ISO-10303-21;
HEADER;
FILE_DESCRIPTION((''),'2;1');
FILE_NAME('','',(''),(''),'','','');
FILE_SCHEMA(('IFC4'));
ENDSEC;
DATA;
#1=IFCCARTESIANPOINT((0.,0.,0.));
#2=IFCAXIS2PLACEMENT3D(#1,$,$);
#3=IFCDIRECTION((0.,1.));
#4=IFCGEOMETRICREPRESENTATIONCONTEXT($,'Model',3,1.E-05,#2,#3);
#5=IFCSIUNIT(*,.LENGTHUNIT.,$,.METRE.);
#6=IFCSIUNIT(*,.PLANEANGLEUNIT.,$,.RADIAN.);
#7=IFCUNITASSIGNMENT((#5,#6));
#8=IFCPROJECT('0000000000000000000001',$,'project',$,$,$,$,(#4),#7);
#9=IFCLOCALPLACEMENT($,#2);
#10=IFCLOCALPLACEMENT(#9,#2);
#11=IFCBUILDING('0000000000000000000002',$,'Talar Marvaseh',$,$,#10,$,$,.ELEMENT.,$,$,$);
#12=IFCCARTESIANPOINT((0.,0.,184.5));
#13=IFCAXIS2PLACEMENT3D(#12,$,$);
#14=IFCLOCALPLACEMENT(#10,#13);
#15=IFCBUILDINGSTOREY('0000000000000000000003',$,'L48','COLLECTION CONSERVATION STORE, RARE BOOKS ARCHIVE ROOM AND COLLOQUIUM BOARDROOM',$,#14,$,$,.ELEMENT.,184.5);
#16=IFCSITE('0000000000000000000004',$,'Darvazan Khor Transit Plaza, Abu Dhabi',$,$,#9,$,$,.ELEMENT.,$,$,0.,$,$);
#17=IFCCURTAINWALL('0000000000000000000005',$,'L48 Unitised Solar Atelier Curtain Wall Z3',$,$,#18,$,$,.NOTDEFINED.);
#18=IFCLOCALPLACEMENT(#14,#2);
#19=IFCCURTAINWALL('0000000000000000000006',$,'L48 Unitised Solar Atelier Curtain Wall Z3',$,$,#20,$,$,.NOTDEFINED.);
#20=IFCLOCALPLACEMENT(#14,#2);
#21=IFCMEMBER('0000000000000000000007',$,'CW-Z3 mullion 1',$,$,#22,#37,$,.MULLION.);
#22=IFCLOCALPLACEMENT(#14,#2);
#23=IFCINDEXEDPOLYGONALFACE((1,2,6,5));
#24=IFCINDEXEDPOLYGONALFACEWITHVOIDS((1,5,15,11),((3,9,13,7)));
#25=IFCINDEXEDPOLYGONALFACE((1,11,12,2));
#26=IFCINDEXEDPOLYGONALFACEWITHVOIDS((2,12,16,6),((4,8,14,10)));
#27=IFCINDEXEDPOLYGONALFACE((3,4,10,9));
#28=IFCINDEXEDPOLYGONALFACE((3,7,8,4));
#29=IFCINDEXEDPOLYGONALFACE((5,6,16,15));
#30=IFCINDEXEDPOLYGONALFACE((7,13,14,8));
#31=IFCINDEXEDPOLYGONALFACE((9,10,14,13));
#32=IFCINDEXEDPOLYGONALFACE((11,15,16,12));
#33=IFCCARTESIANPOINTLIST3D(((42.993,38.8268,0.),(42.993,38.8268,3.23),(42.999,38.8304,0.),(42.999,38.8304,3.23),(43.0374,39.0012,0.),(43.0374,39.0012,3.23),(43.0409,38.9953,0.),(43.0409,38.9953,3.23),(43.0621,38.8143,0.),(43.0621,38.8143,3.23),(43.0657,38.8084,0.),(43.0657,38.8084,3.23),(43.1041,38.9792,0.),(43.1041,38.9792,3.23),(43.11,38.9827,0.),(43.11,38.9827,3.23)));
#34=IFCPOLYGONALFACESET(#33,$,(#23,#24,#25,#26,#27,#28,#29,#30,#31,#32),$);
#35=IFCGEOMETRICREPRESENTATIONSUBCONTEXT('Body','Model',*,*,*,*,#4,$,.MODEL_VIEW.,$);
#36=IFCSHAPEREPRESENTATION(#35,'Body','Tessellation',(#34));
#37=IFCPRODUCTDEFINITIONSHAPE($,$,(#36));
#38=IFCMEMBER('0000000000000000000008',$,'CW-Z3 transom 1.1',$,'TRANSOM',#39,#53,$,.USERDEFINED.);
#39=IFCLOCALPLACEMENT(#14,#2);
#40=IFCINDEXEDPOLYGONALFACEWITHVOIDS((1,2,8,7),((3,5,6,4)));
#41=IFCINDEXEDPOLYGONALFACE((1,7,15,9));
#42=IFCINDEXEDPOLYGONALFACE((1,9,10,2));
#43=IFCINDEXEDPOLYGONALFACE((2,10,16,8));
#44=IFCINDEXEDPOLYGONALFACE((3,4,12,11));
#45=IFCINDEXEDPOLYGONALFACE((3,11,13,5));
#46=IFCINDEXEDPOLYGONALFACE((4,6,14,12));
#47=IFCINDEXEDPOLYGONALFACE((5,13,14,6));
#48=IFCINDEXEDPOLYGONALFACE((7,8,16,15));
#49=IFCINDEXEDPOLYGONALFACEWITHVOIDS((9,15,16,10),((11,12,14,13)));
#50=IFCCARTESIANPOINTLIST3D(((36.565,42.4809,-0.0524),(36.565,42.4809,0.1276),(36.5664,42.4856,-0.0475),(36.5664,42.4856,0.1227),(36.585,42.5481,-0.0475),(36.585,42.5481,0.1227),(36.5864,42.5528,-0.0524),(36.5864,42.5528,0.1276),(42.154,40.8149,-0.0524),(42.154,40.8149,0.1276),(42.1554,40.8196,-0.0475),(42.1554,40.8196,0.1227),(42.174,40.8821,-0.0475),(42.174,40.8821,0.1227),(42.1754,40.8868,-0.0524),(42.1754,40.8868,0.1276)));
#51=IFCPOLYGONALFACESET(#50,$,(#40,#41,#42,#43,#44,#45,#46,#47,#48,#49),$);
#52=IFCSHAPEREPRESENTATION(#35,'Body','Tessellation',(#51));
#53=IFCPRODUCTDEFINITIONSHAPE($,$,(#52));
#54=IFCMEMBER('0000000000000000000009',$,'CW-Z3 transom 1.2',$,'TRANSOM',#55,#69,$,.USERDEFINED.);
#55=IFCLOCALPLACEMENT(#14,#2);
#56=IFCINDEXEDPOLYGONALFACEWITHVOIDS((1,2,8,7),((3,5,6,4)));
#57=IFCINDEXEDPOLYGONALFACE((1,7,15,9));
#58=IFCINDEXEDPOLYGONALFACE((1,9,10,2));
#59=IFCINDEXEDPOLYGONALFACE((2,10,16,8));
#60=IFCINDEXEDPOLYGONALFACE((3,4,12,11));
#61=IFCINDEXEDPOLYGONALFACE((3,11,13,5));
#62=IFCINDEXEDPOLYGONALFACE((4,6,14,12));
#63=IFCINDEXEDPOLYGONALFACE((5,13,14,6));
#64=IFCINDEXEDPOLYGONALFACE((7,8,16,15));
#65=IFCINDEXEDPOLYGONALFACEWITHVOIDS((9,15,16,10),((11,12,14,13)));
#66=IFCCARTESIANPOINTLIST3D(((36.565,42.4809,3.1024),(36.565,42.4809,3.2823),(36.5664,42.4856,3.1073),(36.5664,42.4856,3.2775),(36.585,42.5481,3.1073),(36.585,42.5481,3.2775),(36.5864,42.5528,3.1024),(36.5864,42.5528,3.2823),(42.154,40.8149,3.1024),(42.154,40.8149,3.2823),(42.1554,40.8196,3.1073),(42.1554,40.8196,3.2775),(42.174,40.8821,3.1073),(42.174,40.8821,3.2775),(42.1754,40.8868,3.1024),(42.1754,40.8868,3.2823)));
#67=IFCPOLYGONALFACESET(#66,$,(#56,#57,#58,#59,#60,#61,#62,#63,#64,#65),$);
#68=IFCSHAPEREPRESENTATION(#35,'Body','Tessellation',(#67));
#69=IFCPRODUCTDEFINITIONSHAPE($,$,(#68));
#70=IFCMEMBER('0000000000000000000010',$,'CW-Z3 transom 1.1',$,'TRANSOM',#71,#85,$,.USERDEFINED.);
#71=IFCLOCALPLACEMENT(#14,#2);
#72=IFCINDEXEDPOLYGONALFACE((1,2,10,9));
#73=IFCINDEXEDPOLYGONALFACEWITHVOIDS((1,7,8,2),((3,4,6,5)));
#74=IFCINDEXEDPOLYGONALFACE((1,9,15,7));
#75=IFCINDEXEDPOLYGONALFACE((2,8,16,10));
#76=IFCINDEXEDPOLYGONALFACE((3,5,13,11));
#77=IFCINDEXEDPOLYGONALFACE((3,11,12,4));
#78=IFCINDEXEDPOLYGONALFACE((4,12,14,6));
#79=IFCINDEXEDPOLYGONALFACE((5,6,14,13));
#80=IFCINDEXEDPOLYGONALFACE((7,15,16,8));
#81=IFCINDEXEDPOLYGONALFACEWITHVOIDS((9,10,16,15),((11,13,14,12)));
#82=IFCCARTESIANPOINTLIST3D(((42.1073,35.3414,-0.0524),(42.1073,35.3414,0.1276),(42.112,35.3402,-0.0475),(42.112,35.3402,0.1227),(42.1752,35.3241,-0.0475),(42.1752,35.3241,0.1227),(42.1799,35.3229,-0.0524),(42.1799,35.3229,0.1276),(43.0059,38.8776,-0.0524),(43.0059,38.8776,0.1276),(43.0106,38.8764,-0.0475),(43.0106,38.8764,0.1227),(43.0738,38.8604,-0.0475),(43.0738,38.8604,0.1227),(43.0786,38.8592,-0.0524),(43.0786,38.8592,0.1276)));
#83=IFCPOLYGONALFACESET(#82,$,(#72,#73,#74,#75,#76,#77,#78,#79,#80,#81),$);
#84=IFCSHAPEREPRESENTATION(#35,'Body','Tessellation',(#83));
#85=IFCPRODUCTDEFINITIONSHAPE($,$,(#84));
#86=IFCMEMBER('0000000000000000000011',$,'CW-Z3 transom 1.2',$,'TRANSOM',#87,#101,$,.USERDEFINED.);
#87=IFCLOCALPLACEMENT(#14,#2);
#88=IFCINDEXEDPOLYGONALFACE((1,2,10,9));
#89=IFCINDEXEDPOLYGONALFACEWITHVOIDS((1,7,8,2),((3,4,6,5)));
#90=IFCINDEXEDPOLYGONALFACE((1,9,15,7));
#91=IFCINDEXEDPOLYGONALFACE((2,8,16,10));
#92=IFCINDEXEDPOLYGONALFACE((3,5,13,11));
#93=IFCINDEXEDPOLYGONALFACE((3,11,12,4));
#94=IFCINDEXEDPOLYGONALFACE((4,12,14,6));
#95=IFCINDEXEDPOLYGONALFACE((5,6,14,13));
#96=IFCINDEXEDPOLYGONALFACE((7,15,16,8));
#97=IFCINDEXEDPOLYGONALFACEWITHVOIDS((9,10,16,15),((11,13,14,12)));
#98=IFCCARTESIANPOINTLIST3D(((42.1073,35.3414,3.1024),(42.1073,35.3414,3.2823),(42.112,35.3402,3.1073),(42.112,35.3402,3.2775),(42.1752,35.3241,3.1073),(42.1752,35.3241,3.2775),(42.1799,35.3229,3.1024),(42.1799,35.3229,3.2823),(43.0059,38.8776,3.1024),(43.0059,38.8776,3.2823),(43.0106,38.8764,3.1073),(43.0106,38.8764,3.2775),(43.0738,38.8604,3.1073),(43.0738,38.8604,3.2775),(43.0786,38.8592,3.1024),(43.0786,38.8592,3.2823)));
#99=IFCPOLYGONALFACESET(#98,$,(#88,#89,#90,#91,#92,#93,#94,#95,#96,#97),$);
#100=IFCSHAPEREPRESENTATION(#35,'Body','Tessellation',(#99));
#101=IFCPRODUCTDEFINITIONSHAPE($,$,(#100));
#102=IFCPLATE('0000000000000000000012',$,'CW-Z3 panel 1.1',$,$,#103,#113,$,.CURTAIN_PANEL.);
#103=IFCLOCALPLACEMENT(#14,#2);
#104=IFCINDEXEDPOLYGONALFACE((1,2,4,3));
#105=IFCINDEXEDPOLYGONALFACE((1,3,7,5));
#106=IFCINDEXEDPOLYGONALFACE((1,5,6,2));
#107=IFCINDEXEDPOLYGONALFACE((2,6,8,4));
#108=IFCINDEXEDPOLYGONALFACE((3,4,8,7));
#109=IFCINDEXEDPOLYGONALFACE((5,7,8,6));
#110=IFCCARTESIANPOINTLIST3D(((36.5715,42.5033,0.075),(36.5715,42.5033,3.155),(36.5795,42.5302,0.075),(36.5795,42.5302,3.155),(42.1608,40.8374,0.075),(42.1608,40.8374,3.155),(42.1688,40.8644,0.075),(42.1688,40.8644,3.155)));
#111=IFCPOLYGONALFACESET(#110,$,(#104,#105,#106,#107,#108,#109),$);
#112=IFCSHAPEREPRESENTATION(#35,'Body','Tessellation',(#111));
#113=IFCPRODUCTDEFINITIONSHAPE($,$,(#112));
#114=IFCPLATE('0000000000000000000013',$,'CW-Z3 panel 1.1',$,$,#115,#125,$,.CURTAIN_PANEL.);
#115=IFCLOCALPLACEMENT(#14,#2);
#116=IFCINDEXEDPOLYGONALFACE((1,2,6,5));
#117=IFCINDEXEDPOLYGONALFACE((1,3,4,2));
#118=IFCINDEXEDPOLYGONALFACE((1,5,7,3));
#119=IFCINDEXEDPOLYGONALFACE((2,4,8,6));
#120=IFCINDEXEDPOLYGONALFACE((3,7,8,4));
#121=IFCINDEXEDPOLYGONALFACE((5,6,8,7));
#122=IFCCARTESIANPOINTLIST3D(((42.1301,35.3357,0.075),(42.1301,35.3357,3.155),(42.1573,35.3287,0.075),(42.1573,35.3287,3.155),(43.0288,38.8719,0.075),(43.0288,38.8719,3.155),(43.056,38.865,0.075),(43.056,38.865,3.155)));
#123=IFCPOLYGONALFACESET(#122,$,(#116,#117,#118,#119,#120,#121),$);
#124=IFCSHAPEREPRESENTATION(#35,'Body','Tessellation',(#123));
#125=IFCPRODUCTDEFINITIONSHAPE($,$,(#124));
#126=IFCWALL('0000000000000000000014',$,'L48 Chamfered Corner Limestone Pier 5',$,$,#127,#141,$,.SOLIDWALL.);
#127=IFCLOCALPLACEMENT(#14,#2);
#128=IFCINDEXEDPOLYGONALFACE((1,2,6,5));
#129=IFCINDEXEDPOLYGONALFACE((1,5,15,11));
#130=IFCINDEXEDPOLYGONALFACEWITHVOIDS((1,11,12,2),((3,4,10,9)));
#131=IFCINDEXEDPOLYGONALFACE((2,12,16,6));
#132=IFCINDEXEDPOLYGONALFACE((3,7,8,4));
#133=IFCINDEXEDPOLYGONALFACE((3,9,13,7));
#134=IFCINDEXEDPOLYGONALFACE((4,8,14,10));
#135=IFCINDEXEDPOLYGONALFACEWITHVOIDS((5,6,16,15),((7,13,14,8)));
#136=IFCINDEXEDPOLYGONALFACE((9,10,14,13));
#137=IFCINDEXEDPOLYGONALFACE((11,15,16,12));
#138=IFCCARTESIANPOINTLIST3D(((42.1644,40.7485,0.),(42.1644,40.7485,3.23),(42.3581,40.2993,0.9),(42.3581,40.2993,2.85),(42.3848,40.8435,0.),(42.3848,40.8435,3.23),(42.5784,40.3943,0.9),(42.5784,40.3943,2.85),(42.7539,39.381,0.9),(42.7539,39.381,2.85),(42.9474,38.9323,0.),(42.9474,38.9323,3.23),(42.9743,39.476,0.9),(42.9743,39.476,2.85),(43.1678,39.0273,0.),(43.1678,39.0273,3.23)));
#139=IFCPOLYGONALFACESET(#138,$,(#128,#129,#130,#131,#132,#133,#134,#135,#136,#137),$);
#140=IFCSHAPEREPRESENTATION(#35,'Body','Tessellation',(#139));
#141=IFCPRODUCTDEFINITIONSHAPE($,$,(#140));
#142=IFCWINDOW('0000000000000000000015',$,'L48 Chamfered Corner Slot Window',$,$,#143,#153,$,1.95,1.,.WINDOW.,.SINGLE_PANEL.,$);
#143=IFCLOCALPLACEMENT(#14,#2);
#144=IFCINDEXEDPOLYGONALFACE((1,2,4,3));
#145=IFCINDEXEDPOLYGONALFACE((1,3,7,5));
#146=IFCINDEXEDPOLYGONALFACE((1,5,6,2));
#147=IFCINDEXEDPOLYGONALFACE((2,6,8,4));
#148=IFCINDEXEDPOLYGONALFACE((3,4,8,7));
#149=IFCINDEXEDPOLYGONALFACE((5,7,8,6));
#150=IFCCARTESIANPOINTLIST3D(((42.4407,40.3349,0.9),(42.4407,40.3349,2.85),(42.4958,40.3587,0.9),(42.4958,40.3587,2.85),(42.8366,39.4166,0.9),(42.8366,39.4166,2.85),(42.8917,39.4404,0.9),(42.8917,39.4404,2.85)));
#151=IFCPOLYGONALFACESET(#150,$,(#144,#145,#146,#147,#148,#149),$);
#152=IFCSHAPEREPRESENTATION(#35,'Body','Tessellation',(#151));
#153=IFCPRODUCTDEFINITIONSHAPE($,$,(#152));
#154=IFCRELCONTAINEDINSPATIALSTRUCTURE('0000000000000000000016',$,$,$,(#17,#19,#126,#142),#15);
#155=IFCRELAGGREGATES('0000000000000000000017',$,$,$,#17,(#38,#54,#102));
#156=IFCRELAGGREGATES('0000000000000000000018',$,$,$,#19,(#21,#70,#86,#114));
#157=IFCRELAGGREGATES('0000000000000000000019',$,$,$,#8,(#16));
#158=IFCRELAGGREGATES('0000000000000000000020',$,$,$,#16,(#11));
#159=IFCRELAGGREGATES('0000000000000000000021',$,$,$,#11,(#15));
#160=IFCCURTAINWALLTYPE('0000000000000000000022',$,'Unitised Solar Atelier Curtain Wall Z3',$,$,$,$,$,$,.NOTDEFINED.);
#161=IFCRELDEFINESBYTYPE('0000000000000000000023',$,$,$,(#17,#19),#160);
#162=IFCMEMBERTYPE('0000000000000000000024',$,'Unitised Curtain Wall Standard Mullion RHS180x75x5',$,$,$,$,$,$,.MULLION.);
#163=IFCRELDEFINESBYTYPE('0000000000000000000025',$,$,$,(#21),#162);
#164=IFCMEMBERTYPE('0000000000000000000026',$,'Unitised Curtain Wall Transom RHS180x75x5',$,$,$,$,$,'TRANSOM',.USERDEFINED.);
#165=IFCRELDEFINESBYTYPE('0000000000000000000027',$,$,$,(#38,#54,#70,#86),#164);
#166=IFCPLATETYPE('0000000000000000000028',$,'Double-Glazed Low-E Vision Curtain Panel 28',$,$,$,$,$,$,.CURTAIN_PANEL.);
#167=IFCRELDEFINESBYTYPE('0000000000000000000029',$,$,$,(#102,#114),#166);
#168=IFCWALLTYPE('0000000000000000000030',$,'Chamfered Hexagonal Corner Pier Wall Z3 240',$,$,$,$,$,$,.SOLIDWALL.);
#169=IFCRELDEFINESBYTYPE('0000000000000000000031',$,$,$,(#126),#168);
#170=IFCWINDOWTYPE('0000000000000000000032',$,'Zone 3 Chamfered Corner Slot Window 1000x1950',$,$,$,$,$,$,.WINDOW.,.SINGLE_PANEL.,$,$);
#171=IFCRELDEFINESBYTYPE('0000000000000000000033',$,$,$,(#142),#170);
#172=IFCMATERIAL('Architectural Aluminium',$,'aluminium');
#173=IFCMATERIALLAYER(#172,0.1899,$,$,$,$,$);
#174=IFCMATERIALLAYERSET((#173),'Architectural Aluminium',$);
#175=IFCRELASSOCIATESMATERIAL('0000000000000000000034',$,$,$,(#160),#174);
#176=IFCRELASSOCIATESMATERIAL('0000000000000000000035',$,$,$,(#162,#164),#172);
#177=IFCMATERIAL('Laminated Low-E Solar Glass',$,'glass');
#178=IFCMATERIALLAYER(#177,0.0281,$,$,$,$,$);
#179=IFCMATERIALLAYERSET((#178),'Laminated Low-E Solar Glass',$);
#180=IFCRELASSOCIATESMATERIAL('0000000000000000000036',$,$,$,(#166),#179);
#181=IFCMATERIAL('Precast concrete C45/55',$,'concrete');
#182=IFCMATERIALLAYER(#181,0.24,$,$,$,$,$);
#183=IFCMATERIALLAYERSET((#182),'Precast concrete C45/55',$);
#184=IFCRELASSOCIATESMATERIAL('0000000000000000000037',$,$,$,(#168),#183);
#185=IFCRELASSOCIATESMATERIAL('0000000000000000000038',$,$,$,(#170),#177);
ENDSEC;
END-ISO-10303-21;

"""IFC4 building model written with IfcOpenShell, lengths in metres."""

from ifc_helpers import new_model, si_unit, direction, frame, frame_2d, origin, origin_2d, place, context, subcontext, project, spatial, rectangle, hollow_rectangle, extrude, source, transform, mapped, material, layer, layer_set, material_profile, profile_set, type_object, type_shapes, element, fill, aggregate, save


model = new_model("IFC4")

# Units and contexts
model_context = context("Model", 3, precision=1e-05, world=origin(), true_north=direction((0.0, 1.0)))
body_context = subcontext(model_context, "Body", "Model", "MODEL_VIEW")
ifc_project = project(units=[si_unit("LENGTHUNIT", "METRE"), si_unit("PLANEANGLEUNIT", "RADIAN")], contexts=[model_context])

# Site, building, storey
site_placement = place(None, origin())
site = spatial("IfcSite", under=ifc_project, at=site_placement, Name="Darvazan Khor Transit Plaza, Abu Dhabi", CompositionType="ELEMENT", RefElevation=0.0)
building_placement = place(site_placement, origin())
building = spatial("IfcBuilding", under=site, at=building_placement, Name="Talar Marvaseh", CompositionType="ELEMENT")
storey_placement = place(building_placement, frame((0.0, 0.0, 184.5)))
storey = spatial("IfcBuildingStorey", under=building, at=storey_placement, Name="L48", Description="COLLECTION CONSERVATION STORE, RARE BOOKS ARCHIVE ROOM AND COLLOQUIUM BOARDROOM", CompositionType="ELEMENT", Elevation=184.5)

# Shared definitions
ifc_material_1 = material(Name="Architectural Aluminium", Category="aluminium")
ifc_layer_1 = layer(ifc_material_1, 0.1899)
ifc_layer_set_1 = layer_set([ifc_layer_1], Name="Architectural Aluminium")
curtain_wall_type = type_object("IfcCurtainWallType", Name="Unitised Solar Atelier Curtain Wall Z3", PredefinedType="NOTDEFINED", material=ifc_layer_set_1)
ifc_material_profile_1 = material_profile(ifc_material_1, hollow_rectangle(XDim=0.075, YDim=0.1799, WallThickness=0.0049, at=origin_2d()), Name="RHS180x75x5")
ifc_profile_set_1 = profile_set([ifc_material_profile_1], Name="Architectural Aluminium")
member_type_1 = type_object("IfcMemberType", Name="Unitised Curtain Wall Standard Mullion RHS180x75x5", PredefinedType="MULLION", material=ifc_profile_set_1)
shared_shape_1 = source(origin(), body_context, "Body", "SweptSolid", [
    extrude(hollow_rectangle(XDim=0.075, YDim=0.1799, WallThickness=0.0049, at=origin_2d()), origin(), (0.0, 0.0, 1.0), 3.23),
])
type_shapes(member_type_1, [shared_shape_1])

# Curtain wall
curtain_wall_1_placement = place(storey_placement, origin())
curtain_wall_1 = element("IfcCurtainWall", 1, at=curtain_wall_1_placement, inside=storey, type_object=curtain_wall_type, Name="L48 Unitised Solar Atelier Curtain Wall Z3", PredefinedType="NOTDEFINED")

# Curtain wall, member
curtain_wall_2_placement = place(storey_placement, origin())
curtain_wall_2 = element("IfcCurtainWall", 2, at=curtain_wall_2_placement, inside=storey, type_object=curtain_wall_type, Name="L48 Unitised Solar Atelier Curtain Wall Z3", PredefinedType="NOTDEFINED")
member_1_placement = place(storey_placement, frame((43.0515, 38.9048, 0.0), z_axis=(0.0, 0.0, 1.0), x_axis=(0.969192, -0.246306, 0.0)))
member_1 = element("IfcMember", 3, at=member_1_placement, type_object=member_type_1, Name="CW-Z3 mullion 1", PredefinedType="MULLION", context=body_context, shape_type="MappedRepresentation", body=[
    mapped(shared_shape_1, transform((0.0, 0.0, 0.0), x_axis=(1.0, 0.0, 0.0), y_axis=(0.0, 1.0, 0.0), z_axis=(0.0, 0.0, 1.0), scale=1.0)),
])

# Members
ifc_material_profile_2 = material_profile(ifc_material_1, hollow_rectangle(XDim=0.075, YDim=0.1799, WallThickness=0.0049, at=origin_2d()), Name="RHS180x75x5")
ifc_profile_set_2 = profile_set([ifc_material_profile_2], Name="Architectural Aluminium")
member_type_2 = type_object("IfcMemberType", Name="Unitised Curtain Wall Transom RHS180x75x5", ElementType="TRANSOM", PredefinedType="USERDEFINED", material=ifc_profile_set_2)
shared_shape_2 = source(origin(), body_context, "Body", "SweptSolid", [
    extrude(hollow_rectangle(XDim=0.075, YDim=0.1799, WallThickness=0.0049, at=origin_2d()), origin(), (0.0, 0.0, 1.0), 5.832),
])
member_2_placement = place(storey_placement, frame((36.5757, 42.5168, 0.0376), z_axis=(0.958331, -0.285661, 0.0), x_axis=(0.285661, 0.958331, 0.0)))
member_2 = element("IfcMember", 4, at=member_2_placement, type_object=member_type_2, Name="CW-Z3 transom 1.1", ObjectType="TRANSOM", PredefinedType="USERDEFINED", context=body_context, shape_type="MappedRepresentation", body=[
    mapped(shared_shape_2, transform((0.0, 0.0, 0.0), x_axis=(1.0, 0.0, 0.0), y_axis=(0.0, 1.0, 0.0), z_axis=(0.0, 0.0, 1.0), scale=1.0)),
])
member_3_placement = place(storey_placement, frame((36.5757, 42.5168, 3.1924), z_axis=(0.958331, -0.285661, 0.0), x_axis=(0.285661, 0.958331, 0.0)))
member_3 = element("IfcMember", 5, at=member_3_placement, type_object=member_type_2, Name="CW-Z3 transom 1.2", ObjectType="TRANSOM", PredefinedType="USERDEFINED", context=body_context, shape_type="MappedRepresentation", body=[
    mapped(shared_shape_2, transform((0.0, 0.0, 0.0), x_axis=(1.0, 0.0, 0.0), y_axis=(0.0, 1.0, 0.0), z_axis=(0.0, 0.0, 1.0), scale=1.0)),
])
shared_shape_3 = source(origin(), body_context, "Body", "SweptSolid", [
    extrude(hollow_rectangle(XDim=0.075, YDim=0.1799, WallThickness=0.0049, at=origin_2d()), origin(), (0.0, 0.0, 1.0), 3.6487),
])
type_shapes(member_type_2, [shared_shape_2, shared_shape_3])
member_4_placement = place(storey_placement, frame((43.0422, 38.8684, 0.0376), z_axis=(-0.246297, -0.969195, 0.0), x_axis=(0.969195, -0.246297, 0.0)))
member_4 = element("IfcMember", 6, at=member_4_placement, type_object=member_type_2, Name="CW-Z3 transom 1.1", ObjectType="TRANSOM", PredefinedType="USERDEFINED", context=body_context, shape_type="MappedRepresentation", body=[
    mapped(shared_shape_3, transform((0.0, 0.0, 0.0), x_axis=(1.0, 0.0, 0.0), y_axis=(0.0, 1.0, 0.0), z_axis=(0.0, 0.0, 1.0), scale=1.0)),
])
member_5_placement = place(storey_placement, frame((43.0422, 38.8684, 3.1924), z_axis=(-0.246297, -0.969195, 0.0), x_axis=(0.969195, -0.246297, 0.0)))
member_5 = element("IfcMember", 7, at=member_5_placement, type_object=member_type_2, Name="CW-Z3 transom 1.2", ObjectType="TRANSOM", PredefinedType="USERDEFINED", context=body_context, shape_type="MappedRepresentation", body=[
    mapped(shared_shape_3, transform((0.0, 0.0, 0.0), x_axis=(1.0, 0.0, 0.0), y_axis=(0.0, 1.0, 0.0), z_axis=(0.0, 0.0, 1.0), scale=1.0)),
])

# Plates
ifc_material_2 = material(Name="Laminated Low-E Solar Glass", Category="glass")
ifc_layer_2 = layer(ifc_material_2, 0.0281)
ifc_layer_set_2 = layer_set([ifc_layer_2], Name="Laminated Low-E Solar Glass")
plate_type = type_object("IfcPlateType", Name="Double-Glazed Low-E Vision Curtain Panel 28", PredefinedType="CURTAIN_PANEL", material=ifc_layer_set_2)
shared_shape_4 = source(origin(), body_context, "Body", "SweptSolid", [
    extrude(rectangle(XDim=5.8323, YDim=0.0281, at=origin_2d()), origin(), (0.0, 0.0, 1.0), 3.0801),
])
plate_1_placement = place(storey_placement, frame((39.3701, 41.6838, 0.075), z_axis=(0.0, 0.0, 1.0), x_axis=(0.95834, -0.28563, 0.0)))
plate_1 = element("IfcPlate", 8, at=plate_1_placement, type_object=plate_type, Name="CW-Z3 panel 1.1", PredefinedType="CURTAIN_PANEL", context=body_context, shape_type="MappedRepresentation", body=[
    mapped(shared_shape_4, transform((0.0, 0.0, 0.0), x_axis=(1.0, 0.0, 0.0), y_axis=(0.0, 1.0, 0.0), z_axis=(0.0, 0.0, 1.0), scale=1.0)),
])
aggregate(curtain_wall_1, [member_2, member_3, plate_1])
shared_shape_5 = source(origin(), body_context, "Body", "SweptSolid", [
    extrude(rectangle(XDim=3.6487, YDim=0.0281, at=origin_2d()), origin(), (0.0, 0.0, 1.0), 3.0801),
])
type_shapes(plate_type, [shared_shape_4, shared_shape_5])
plate_2_placement = place(storey_placement, frame((42.593, 37.1003, 0.075), z_axis=(0.0, 0.0, 1.0), x_axis=(-0.246306, -0.969192, 0.0)))
plate_2 = element("IfcPlate", 9, at=plate_2_placement, type_object=plate_type, Name="CW-Z3 panel 1.1", PredefinedType="CURTAIN_PANEL", context=body_context, shape_type="MappedRepresentation", body=[
    mapped(shared_shape_5, transform((0.0, 0.0, 0.0), x_axis=(1.0, 0.0, 0.0), y_axis=(0.0, 1.0, 0.0), z_axis=(0.0, 0.0, 1.0), scale=1.0)),
])
aggregate(curtain_wall_2, [member_1, member_4, member_5, plate_2])

# Wall, opening, window
ifc_material_3 = material(Name="Precast concrete C45/55", Category="concrete")
ifc_layer_3 = layer(ifc_material_3, 0.24)
ifc_layer_set_3 = layer_set([ifc_layer_3], Name="Precast concrete C45/55")
wall_type_1 = type_object("IfcWallType", Name="Chamfered Hexagonal Corner Pier Wall Z3 240", PredefinedType="SOLIDWALL", material=ifc_layer_set_3)
wall_1_placement = place(storey_placement, frame((42.2747, 40.7959, 0.0), z_axis=(0.0, 0.0, 1.0), x_axis=(0.395885, -0.9183, 0.0)))
wall_1 = element("IfcWall", 10, at=wall_1_placement, inside=storey, type_object=wall_type_1, Name="L48 Chamfered Corner Limestone Pier 5", PredefinedType="SOLIDWALL", context=body_context, shape_type="SweptSolid", body=[
    extrude(rectangle(XDim=1.9778, YDim=0.24, at=frame_2d((0.9888, 0.0))), origin(), (0.0, 0.0, 1.0), 3.23),
])
opening_1_placement = place(wall_1_placement, frame((0.489, 0.0, 0.8999)))
opening_1 = element("IfcOpeningElement", 11, at=opening_1_placement, cuts=wall_1, PredefinedType="OPENING", context=body_context, shape_type="SweptSolid", body=[
    extrude(rectangle(XDim=1.0, YDim=1.95, at=frame_2d((0.5, 0.9751))), frame((0.0, 0.1299, 0.0), z_axis=(0.0, -1.0, 0.0), x_axis=(1.0, 0.0, 0.0)), (0.0, 0.0, 1.0), 0.26),
])
window_type = type_object("IfcWindowType", Name="Zone 3 Chamfered Corner Slot Window 1000x1950", PartitioningType="SINGLE_PANEL", PredefinedType="WINDOW", material=ifc_material_2)
shared_shape_6 = source(origin(), body_context, "Body", "SweptSolid", [
    extrude(rectangle(XDim=1.0, YDim=1.95, at=frame_2d((0.5, 0.9751))), frame((0.0, 0.03, 0.0), z_axis=(0.0, -1.0, 0.0), x_axis=(1.0, 0.0, 0.0)), (0.0, 0.0, 1.0), 0.0601),
])
type_shapes(window_type, [shared_shape_6])
window_placement = place(opening_1_placement, origin())
window = element("IfcWindow", 12, at=window_placement, inside=storey, type_object=window_type, Name="L48 Chamfered Corner Slot Window", OverallHeight=1.95, OverallWidth=1.0, PartitioningType="SINGLE_PANEL", PredefinedType="WINDOW", context=body_context, shape_type="MappedRepresentation", body=[
    mapped(shared_shape_6, transform((0.0, 0.0, 0.0), x_axis=(1.0, 0.0, 0.0), y_axis=(0.0, 1.0, 0.0), z_axis=(0.0, 0.0, 1.0), scale=1.0)),
])
fill(opening_1, window)

save(model, "model.ifc")
